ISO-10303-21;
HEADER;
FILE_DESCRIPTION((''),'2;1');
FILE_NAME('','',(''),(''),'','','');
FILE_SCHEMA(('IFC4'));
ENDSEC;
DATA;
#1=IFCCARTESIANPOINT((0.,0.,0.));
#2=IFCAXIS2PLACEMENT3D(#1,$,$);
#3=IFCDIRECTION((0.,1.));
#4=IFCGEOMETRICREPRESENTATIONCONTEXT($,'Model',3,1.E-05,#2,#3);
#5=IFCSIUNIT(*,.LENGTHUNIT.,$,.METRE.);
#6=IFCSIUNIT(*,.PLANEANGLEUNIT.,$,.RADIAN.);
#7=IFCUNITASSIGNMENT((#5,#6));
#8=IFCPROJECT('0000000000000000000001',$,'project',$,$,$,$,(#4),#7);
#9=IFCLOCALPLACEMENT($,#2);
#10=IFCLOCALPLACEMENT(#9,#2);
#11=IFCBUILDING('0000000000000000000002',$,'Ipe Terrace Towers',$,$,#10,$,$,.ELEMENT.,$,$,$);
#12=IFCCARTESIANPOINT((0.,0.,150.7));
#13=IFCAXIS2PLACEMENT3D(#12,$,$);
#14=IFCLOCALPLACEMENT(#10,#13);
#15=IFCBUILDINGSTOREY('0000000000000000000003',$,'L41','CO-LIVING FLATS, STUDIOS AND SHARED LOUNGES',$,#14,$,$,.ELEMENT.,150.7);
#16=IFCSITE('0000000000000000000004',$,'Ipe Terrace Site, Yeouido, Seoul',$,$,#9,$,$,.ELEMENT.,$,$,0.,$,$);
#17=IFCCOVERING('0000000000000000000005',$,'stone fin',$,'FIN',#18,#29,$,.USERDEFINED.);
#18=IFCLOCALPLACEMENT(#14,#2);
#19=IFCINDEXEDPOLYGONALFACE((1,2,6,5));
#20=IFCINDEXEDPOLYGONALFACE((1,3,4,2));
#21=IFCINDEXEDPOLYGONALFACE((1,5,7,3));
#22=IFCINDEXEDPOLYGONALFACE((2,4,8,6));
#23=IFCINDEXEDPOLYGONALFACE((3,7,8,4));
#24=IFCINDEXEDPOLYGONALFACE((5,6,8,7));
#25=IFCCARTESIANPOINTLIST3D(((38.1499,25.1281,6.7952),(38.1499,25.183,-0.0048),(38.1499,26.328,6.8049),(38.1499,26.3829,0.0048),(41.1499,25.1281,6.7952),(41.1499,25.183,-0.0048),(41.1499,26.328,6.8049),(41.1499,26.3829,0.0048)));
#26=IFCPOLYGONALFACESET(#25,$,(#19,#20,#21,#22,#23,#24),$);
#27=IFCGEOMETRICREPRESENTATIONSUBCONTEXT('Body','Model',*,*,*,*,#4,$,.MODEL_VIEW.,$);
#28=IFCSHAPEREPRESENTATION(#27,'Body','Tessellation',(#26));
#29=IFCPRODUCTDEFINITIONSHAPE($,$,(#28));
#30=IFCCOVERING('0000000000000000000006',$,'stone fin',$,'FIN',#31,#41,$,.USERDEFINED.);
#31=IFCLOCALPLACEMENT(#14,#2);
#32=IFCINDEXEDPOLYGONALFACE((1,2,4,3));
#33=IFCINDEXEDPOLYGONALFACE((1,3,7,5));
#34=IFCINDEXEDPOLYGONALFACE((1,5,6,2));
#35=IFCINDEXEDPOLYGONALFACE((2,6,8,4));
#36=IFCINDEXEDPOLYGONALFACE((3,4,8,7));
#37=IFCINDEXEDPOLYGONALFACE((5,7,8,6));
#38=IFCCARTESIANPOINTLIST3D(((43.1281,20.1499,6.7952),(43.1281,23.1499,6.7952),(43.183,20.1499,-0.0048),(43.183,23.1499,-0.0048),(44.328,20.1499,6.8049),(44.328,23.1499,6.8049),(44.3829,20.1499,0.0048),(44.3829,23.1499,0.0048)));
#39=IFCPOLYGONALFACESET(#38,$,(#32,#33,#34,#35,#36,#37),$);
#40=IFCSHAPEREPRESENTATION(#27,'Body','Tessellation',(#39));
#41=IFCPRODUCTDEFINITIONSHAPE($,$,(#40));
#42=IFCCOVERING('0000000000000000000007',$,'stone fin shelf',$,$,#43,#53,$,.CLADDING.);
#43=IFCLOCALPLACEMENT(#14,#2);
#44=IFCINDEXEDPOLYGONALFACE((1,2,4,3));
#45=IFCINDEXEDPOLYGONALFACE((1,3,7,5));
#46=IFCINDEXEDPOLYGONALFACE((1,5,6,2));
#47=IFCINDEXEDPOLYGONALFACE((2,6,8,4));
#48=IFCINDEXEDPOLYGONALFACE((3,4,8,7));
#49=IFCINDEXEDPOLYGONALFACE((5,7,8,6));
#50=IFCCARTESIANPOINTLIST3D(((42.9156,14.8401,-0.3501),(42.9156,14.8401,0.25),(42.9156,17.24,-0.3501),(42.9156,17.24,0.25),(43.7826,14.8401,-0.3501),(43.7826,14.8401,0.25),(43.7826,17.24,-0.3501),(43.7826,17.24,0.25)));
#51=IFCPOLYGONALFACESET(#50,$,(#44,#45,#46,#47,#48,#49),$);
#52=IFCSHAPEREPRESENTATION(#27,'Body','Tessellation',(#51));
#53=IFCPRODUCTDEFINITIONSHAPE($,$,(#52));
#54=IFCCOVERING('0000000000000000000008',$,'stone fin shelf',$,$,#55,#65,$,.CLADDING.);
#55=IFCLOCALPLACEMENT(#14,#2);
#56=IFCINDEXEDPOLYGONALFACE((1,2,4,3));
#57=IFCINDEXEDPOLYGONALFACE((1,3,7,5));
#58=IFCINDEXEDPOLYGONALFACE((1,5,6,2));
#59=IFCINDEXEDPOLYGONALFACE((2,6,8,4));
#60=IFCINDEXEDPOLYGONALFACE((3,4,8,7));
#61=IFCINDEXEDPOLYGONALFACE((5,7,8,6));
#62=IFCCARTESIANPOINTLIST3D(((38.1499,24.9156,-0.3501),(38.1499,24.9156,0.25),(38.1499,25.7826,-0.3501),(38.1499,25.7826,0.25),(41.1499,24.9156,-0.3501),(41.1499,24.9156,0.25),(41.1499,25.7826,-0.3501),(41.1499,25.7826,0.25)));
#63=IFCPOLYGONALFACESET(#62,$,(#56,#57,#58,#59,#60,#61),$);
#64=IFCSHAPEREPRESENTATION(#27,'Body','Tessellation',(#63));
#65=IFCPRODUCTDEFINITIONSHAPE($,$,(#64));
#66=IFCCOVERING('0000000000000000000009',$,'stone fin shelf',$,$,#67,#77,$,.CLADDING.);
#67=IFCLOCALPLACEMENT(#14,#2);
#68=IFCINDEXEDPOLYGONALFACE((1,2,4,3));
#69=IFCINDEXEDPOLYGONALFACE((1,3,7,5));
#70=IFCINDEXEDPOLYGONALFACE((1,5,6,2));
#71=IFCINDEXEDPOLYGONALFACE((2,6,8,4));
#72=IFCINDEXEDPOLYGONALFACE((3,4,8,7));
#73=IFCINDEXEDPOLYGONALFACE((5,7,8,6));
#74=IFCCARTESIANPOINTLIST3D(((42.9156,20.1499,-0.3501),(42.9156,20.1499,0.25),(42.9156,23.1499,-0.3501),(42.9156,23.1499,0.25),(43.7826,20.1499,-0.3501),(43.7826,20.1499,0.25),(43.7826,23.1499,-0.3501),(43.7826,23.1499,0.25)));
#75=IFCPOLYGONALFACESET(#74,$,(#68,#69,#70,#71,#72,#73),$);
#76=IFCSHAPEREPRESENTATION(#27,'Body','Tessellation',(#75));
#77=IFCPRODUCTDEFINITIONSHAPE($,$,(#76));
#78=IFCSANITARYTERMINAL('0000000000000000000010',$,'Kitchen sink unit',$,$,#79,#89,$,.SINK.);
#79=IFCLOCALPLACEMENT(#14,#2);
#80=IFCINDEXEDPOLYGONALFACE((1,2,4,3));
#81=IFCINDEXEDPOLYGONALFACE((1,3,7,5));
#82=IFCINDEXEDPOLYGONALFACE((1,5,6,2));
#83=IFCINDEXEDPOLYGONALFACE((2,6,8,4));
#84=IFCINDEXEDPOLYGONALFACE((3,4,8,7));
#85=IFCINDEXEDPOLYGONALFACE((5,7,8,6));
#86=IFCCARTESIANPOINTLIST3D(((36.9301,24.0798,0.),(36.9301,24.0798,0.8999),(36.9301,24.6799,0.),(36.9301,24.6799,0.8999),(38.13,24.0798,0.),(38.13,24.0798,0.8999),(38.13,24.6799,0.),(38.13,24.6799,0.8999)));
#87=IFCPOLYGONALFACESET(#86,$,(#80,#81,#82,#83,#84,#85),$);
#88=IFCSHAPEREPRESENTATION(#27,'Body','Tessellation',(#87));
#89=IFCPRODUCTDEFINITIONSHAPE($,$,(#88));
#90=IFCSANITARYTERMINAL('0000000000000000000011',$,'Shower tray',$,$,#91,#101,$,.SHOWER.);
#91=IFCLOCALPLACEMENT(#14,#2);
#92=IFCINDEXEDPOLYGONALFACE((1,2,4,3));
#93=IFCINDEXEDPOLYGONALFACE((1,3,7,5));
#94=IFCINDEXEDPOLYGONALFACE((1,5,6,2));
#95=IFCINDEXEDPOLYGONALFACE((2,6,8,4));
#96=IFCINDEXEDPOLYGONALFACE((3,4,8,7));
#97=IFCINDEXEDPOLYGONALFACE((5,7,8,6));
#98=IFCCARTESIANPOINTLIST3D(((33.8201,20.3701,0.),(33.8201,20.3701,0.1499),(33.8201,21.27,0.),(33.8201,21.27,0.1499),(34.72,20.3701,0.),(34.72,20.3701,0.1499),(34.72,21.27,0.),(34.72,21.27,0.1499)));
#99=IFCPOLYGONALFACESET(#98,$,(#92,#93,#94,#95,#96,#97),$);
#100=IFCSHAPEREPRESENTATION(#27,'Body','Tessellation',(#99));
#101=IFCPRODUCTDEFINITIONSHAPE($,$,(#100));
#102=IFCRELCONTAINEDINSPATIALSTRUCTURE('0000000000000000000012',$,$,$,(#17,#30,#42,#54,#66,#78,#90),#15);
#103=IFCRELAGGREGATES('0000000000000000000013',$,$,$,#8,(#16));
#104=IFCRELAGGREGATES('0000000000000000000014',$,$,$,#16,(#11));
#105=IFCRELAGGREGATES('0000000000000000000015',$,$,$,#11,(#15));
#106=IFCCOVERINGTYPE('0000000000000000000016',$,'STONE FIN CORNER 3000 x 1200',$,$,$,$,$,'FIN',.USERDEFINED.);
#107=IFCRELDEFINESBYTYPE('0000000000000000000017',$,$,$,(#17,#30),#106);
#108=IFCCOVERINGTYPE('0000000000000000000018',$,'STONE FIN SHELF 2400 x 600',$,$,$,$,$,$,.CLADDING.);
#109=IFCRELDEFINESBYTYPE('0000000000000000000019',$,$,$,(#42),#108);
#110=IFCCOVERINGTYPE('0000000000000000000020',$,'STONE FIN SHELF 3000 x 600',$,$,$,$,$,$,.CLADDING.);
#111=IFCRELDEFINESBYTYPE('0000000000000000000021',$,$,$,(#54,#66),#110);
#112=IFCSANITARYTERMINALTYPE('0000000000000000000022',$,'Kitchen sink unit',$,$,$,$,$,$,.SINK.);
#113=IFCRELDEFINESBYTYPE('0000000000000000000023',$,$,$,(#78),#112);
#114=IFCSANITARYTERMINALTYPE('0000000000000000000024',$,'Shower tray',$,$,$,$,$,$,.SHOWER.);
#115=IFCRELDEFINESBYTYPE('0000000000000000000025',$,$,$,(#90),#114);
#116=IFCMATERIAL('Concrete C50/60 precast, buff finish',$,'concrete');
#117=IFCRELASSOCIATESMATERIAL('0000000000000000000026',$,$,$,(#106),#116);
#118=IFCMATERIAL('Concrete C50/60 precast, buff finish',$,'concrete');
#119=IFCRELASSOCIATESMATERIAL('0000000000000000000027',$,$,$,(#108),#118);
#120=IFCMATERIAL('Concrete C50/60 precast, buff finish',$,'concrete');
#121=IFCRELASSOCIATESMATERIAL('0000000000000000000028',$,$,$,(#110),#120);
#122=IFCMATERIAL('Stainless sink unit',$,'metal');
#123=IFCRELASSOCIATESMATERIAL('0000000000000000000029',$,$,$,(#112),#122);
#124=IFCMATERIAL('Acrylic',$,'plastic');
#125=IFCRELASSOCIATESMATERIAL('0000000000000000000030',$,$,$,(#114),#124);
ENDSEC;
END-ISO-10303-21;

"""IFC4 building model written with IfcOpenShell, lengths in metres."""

from ifc_helpers import new_model, si_unit, direction, frame, origin, origin_2d, place, context, subcontext, project, spatial, rectangle, extrude, material, material_profile, profile_set, type_object, element, save


model = new_model("IFC4")

# Units and contexts
model_context = context("Model", 3, precision=1e-05, world=origin(), true_north=direction((0.0, 1.0)))
body_context = subcontext(model_context, "Body", "Model", "MODEL_VIEW")
ifc_project = project(units=[si_unit("LENGTHUNIT", "METRE"), si_unit("PLANEANGLEUNIT", "RADIAN")], contexts=[model_context])

# Site, building, storey
site_placement = place(None, origin())
site = spatial("IfcSite", under=ifc_project, at=site_placement, Name="Ipe Terrace Site, Yeouido, Seoul", CompositionType="ELEMENT", RefElevation=0.0)
building_placement = place(site_placement, origin())
building = spatial("IfcBuilding", under=site, at=building_placement, Name="Ipe Terrace Towers", CompositionType="ELEMENT")
storey_placement = place(building_placement, frame((0.0, 0.0, 150.7)))
storey = spatial("IfcBuildingStorey", under=building, at=storey_placement, Name="L41", Description="CO-LIVING FLATS, STUDIOS AND SHARED LOUNGES", CompositionType="ELEMENT", Elevation=150.7)

# Coverings
ifc_material_1 = material(Name="Concrete C50/60 precast, buff finish", Category="concrete")
ifc_material_profile_1 = material_profile(ifc_material_1, rectangle(XDim=3.0, YDim=1.2, at=origin_2d()), Name="STONE FIN CORNER 3000 x 1200")
ifc_profile_set_1 = profile_set([ifc_material_profile_1], Name="Concrete C50/60 precast, buff finish")
covering_type_1 = type_object("IfcCoveringType", Name="STONE FIN CORNER 3000 x 1200", ElementType="FIN", PredefinedType="USERDEFINED", material=ifc_profile_set_1)
for number, where, z_axis, x_axis, name in (
    (1, (39.6499, 25.783, 0.0), (0.0, -0.008078, 0.999967), (-1.0, 0.0, 0.0), "stone fin"),
    (2, (43.783, 21.6499, 0.0), (-0.008078, 0.0, 0.999967), (0.0, 1.0, 0.0), "stone fin"),
):
    element("IfcCovering", number, at=place(storey_placement, frame(where, z_axis=z_axis, x_axis=x_axis)), inside=storey, type_object=covering_type_1, Name=name, ObjectType="FIN", PredefinedType="USERDEFINED", context=body_context, shape_type="SweptSolid", body=[
        extrude(rectangle(XDim=3.0, YDim=1.2, at=origin_2d()), origin(), (0.0, 0.0, 1.0), 6.8003),
    ])
ifc_material_2 = material(Name="Concrete C50/60 precast, buff finish", Category="concrete")
covering_type_2 = type_object("IfcCoveringType", Name="STONE FIN SHELF 2400 x 600", PredefinedType="CLADDING", material=ifc_material_2)
covering_placement = place(storey_placement, frame((43.3491, 16.04, -0.3501), z_axis=(0.0, 0.0, 1.0), x_axis=(0.0, 1.0, 0.0)))
element("IfcCovering", 3, at=covering_placement, inside=storey, type_object=covering_type_2, Name="stone fin shelf", PredefinedType="CLADDING", context=body_context, shape_type="SweptSolid", body=[
    extrude(rectangle(XDim=2.3999, YDim=0.8669, at=origin_2d()), origin(), (0.0, 0.0, 1.0), 0.6001),
])
ifc_material_3 = material(Name="Concrete C50/60 precast, buff finish", Category="concrete")
covering_type_3 = type_object("IfcCoveringType", Name="STONE FIN SHELF 3000 x 600", PredefinedType="CLADDING", material=ifc_material_3)
for number, where, z_axis, x_axis, name in (
    (4, (39.6499, 25.3491, -0.3501), (0.0, 0.0, 1.0), (-1.0, 0.0, 0.0), "stone fin shelf"),
    (5, (43.3491, 21.6499, -0.3501), (0.0, 0.0, 1.0), (0.0, 1.0, 0.0), "stone fin shelf"),
):
    element("IfcCovering", number, at=place(storey_placement, frame(where, z_axis=z_axis, x_axis=x_axis)), inside=storey, type_object=covering_type_3, Name=name, PredefinedType="CLADDING", context=body_context, shape_type="SweptSolid", body=[
        extrude(rectangle(XDim=3.0, YDim=0.8669, at=origin_2d()), origin(), (0.0, 0.0, 1.0), 0.6001),
    ])

# Sanitary terminals
ifc_material_4 = material(Name="Stainless sink unit", Category="metal")
sanitary_terminal_type_1 = type_object("IfcSanitaryTerminalType", Name="Kitchen sink unit", PredefinedType="SINK", material=ifc_material_4)
sanitary_terminal_1_placement = place(storey_placement, frame((37.53, 24.3799, 0.0), z_axis=(0.0, 0.0, 1.0), x_axis=(1.0, 0.0, 0.0)))
element("IfcSanitaryTerminal", 6, at=sanitary_terminal_1_placement, inside=storey, type_object=sanitary_terminal_type_1, Name="Kitchen sink unit", PredefinedType="SINK", context=body_context, shape_type="SweptSolid", body=[
    extrude(rectangle(XDim=1.2, YDim=0.6001, at=origin_2d()), origin(), (0.0, 0.0, 1.0), 0.8999),
])
ifc_material_5 = material(Name="Acrylic", Category="plastic")
sanitary_terminal_type_2 = type_object("IfcSanitaryTerminalType", Name="Shower tray", PredefinedType="SHOWER", material=ifc_material_5)
sanitary_terminal_2_placement = place(storey_placement, frame((34.27, 20.8201, 0.0), z_axis=(0.0, 0.0, 1.0), x_axis=(1.0, 0.0, 0.0)))
element("IfcSanitaryTerminal", 7, at=sanitary_terminal_2_placement, inside=storey, type_object=sanitary_terminal_type_2, Name="Shower tray", PredefinedType="SHOWER", context=body_context, shape_type="SweptSolid", body=[
    extrude(rectangle(XDim=0.8999, YDim=0.8999, at=origin_2d()), origin(), (0.0, 0.0, 1.0), 0.1499),
])

save(model, "model.ifc")
